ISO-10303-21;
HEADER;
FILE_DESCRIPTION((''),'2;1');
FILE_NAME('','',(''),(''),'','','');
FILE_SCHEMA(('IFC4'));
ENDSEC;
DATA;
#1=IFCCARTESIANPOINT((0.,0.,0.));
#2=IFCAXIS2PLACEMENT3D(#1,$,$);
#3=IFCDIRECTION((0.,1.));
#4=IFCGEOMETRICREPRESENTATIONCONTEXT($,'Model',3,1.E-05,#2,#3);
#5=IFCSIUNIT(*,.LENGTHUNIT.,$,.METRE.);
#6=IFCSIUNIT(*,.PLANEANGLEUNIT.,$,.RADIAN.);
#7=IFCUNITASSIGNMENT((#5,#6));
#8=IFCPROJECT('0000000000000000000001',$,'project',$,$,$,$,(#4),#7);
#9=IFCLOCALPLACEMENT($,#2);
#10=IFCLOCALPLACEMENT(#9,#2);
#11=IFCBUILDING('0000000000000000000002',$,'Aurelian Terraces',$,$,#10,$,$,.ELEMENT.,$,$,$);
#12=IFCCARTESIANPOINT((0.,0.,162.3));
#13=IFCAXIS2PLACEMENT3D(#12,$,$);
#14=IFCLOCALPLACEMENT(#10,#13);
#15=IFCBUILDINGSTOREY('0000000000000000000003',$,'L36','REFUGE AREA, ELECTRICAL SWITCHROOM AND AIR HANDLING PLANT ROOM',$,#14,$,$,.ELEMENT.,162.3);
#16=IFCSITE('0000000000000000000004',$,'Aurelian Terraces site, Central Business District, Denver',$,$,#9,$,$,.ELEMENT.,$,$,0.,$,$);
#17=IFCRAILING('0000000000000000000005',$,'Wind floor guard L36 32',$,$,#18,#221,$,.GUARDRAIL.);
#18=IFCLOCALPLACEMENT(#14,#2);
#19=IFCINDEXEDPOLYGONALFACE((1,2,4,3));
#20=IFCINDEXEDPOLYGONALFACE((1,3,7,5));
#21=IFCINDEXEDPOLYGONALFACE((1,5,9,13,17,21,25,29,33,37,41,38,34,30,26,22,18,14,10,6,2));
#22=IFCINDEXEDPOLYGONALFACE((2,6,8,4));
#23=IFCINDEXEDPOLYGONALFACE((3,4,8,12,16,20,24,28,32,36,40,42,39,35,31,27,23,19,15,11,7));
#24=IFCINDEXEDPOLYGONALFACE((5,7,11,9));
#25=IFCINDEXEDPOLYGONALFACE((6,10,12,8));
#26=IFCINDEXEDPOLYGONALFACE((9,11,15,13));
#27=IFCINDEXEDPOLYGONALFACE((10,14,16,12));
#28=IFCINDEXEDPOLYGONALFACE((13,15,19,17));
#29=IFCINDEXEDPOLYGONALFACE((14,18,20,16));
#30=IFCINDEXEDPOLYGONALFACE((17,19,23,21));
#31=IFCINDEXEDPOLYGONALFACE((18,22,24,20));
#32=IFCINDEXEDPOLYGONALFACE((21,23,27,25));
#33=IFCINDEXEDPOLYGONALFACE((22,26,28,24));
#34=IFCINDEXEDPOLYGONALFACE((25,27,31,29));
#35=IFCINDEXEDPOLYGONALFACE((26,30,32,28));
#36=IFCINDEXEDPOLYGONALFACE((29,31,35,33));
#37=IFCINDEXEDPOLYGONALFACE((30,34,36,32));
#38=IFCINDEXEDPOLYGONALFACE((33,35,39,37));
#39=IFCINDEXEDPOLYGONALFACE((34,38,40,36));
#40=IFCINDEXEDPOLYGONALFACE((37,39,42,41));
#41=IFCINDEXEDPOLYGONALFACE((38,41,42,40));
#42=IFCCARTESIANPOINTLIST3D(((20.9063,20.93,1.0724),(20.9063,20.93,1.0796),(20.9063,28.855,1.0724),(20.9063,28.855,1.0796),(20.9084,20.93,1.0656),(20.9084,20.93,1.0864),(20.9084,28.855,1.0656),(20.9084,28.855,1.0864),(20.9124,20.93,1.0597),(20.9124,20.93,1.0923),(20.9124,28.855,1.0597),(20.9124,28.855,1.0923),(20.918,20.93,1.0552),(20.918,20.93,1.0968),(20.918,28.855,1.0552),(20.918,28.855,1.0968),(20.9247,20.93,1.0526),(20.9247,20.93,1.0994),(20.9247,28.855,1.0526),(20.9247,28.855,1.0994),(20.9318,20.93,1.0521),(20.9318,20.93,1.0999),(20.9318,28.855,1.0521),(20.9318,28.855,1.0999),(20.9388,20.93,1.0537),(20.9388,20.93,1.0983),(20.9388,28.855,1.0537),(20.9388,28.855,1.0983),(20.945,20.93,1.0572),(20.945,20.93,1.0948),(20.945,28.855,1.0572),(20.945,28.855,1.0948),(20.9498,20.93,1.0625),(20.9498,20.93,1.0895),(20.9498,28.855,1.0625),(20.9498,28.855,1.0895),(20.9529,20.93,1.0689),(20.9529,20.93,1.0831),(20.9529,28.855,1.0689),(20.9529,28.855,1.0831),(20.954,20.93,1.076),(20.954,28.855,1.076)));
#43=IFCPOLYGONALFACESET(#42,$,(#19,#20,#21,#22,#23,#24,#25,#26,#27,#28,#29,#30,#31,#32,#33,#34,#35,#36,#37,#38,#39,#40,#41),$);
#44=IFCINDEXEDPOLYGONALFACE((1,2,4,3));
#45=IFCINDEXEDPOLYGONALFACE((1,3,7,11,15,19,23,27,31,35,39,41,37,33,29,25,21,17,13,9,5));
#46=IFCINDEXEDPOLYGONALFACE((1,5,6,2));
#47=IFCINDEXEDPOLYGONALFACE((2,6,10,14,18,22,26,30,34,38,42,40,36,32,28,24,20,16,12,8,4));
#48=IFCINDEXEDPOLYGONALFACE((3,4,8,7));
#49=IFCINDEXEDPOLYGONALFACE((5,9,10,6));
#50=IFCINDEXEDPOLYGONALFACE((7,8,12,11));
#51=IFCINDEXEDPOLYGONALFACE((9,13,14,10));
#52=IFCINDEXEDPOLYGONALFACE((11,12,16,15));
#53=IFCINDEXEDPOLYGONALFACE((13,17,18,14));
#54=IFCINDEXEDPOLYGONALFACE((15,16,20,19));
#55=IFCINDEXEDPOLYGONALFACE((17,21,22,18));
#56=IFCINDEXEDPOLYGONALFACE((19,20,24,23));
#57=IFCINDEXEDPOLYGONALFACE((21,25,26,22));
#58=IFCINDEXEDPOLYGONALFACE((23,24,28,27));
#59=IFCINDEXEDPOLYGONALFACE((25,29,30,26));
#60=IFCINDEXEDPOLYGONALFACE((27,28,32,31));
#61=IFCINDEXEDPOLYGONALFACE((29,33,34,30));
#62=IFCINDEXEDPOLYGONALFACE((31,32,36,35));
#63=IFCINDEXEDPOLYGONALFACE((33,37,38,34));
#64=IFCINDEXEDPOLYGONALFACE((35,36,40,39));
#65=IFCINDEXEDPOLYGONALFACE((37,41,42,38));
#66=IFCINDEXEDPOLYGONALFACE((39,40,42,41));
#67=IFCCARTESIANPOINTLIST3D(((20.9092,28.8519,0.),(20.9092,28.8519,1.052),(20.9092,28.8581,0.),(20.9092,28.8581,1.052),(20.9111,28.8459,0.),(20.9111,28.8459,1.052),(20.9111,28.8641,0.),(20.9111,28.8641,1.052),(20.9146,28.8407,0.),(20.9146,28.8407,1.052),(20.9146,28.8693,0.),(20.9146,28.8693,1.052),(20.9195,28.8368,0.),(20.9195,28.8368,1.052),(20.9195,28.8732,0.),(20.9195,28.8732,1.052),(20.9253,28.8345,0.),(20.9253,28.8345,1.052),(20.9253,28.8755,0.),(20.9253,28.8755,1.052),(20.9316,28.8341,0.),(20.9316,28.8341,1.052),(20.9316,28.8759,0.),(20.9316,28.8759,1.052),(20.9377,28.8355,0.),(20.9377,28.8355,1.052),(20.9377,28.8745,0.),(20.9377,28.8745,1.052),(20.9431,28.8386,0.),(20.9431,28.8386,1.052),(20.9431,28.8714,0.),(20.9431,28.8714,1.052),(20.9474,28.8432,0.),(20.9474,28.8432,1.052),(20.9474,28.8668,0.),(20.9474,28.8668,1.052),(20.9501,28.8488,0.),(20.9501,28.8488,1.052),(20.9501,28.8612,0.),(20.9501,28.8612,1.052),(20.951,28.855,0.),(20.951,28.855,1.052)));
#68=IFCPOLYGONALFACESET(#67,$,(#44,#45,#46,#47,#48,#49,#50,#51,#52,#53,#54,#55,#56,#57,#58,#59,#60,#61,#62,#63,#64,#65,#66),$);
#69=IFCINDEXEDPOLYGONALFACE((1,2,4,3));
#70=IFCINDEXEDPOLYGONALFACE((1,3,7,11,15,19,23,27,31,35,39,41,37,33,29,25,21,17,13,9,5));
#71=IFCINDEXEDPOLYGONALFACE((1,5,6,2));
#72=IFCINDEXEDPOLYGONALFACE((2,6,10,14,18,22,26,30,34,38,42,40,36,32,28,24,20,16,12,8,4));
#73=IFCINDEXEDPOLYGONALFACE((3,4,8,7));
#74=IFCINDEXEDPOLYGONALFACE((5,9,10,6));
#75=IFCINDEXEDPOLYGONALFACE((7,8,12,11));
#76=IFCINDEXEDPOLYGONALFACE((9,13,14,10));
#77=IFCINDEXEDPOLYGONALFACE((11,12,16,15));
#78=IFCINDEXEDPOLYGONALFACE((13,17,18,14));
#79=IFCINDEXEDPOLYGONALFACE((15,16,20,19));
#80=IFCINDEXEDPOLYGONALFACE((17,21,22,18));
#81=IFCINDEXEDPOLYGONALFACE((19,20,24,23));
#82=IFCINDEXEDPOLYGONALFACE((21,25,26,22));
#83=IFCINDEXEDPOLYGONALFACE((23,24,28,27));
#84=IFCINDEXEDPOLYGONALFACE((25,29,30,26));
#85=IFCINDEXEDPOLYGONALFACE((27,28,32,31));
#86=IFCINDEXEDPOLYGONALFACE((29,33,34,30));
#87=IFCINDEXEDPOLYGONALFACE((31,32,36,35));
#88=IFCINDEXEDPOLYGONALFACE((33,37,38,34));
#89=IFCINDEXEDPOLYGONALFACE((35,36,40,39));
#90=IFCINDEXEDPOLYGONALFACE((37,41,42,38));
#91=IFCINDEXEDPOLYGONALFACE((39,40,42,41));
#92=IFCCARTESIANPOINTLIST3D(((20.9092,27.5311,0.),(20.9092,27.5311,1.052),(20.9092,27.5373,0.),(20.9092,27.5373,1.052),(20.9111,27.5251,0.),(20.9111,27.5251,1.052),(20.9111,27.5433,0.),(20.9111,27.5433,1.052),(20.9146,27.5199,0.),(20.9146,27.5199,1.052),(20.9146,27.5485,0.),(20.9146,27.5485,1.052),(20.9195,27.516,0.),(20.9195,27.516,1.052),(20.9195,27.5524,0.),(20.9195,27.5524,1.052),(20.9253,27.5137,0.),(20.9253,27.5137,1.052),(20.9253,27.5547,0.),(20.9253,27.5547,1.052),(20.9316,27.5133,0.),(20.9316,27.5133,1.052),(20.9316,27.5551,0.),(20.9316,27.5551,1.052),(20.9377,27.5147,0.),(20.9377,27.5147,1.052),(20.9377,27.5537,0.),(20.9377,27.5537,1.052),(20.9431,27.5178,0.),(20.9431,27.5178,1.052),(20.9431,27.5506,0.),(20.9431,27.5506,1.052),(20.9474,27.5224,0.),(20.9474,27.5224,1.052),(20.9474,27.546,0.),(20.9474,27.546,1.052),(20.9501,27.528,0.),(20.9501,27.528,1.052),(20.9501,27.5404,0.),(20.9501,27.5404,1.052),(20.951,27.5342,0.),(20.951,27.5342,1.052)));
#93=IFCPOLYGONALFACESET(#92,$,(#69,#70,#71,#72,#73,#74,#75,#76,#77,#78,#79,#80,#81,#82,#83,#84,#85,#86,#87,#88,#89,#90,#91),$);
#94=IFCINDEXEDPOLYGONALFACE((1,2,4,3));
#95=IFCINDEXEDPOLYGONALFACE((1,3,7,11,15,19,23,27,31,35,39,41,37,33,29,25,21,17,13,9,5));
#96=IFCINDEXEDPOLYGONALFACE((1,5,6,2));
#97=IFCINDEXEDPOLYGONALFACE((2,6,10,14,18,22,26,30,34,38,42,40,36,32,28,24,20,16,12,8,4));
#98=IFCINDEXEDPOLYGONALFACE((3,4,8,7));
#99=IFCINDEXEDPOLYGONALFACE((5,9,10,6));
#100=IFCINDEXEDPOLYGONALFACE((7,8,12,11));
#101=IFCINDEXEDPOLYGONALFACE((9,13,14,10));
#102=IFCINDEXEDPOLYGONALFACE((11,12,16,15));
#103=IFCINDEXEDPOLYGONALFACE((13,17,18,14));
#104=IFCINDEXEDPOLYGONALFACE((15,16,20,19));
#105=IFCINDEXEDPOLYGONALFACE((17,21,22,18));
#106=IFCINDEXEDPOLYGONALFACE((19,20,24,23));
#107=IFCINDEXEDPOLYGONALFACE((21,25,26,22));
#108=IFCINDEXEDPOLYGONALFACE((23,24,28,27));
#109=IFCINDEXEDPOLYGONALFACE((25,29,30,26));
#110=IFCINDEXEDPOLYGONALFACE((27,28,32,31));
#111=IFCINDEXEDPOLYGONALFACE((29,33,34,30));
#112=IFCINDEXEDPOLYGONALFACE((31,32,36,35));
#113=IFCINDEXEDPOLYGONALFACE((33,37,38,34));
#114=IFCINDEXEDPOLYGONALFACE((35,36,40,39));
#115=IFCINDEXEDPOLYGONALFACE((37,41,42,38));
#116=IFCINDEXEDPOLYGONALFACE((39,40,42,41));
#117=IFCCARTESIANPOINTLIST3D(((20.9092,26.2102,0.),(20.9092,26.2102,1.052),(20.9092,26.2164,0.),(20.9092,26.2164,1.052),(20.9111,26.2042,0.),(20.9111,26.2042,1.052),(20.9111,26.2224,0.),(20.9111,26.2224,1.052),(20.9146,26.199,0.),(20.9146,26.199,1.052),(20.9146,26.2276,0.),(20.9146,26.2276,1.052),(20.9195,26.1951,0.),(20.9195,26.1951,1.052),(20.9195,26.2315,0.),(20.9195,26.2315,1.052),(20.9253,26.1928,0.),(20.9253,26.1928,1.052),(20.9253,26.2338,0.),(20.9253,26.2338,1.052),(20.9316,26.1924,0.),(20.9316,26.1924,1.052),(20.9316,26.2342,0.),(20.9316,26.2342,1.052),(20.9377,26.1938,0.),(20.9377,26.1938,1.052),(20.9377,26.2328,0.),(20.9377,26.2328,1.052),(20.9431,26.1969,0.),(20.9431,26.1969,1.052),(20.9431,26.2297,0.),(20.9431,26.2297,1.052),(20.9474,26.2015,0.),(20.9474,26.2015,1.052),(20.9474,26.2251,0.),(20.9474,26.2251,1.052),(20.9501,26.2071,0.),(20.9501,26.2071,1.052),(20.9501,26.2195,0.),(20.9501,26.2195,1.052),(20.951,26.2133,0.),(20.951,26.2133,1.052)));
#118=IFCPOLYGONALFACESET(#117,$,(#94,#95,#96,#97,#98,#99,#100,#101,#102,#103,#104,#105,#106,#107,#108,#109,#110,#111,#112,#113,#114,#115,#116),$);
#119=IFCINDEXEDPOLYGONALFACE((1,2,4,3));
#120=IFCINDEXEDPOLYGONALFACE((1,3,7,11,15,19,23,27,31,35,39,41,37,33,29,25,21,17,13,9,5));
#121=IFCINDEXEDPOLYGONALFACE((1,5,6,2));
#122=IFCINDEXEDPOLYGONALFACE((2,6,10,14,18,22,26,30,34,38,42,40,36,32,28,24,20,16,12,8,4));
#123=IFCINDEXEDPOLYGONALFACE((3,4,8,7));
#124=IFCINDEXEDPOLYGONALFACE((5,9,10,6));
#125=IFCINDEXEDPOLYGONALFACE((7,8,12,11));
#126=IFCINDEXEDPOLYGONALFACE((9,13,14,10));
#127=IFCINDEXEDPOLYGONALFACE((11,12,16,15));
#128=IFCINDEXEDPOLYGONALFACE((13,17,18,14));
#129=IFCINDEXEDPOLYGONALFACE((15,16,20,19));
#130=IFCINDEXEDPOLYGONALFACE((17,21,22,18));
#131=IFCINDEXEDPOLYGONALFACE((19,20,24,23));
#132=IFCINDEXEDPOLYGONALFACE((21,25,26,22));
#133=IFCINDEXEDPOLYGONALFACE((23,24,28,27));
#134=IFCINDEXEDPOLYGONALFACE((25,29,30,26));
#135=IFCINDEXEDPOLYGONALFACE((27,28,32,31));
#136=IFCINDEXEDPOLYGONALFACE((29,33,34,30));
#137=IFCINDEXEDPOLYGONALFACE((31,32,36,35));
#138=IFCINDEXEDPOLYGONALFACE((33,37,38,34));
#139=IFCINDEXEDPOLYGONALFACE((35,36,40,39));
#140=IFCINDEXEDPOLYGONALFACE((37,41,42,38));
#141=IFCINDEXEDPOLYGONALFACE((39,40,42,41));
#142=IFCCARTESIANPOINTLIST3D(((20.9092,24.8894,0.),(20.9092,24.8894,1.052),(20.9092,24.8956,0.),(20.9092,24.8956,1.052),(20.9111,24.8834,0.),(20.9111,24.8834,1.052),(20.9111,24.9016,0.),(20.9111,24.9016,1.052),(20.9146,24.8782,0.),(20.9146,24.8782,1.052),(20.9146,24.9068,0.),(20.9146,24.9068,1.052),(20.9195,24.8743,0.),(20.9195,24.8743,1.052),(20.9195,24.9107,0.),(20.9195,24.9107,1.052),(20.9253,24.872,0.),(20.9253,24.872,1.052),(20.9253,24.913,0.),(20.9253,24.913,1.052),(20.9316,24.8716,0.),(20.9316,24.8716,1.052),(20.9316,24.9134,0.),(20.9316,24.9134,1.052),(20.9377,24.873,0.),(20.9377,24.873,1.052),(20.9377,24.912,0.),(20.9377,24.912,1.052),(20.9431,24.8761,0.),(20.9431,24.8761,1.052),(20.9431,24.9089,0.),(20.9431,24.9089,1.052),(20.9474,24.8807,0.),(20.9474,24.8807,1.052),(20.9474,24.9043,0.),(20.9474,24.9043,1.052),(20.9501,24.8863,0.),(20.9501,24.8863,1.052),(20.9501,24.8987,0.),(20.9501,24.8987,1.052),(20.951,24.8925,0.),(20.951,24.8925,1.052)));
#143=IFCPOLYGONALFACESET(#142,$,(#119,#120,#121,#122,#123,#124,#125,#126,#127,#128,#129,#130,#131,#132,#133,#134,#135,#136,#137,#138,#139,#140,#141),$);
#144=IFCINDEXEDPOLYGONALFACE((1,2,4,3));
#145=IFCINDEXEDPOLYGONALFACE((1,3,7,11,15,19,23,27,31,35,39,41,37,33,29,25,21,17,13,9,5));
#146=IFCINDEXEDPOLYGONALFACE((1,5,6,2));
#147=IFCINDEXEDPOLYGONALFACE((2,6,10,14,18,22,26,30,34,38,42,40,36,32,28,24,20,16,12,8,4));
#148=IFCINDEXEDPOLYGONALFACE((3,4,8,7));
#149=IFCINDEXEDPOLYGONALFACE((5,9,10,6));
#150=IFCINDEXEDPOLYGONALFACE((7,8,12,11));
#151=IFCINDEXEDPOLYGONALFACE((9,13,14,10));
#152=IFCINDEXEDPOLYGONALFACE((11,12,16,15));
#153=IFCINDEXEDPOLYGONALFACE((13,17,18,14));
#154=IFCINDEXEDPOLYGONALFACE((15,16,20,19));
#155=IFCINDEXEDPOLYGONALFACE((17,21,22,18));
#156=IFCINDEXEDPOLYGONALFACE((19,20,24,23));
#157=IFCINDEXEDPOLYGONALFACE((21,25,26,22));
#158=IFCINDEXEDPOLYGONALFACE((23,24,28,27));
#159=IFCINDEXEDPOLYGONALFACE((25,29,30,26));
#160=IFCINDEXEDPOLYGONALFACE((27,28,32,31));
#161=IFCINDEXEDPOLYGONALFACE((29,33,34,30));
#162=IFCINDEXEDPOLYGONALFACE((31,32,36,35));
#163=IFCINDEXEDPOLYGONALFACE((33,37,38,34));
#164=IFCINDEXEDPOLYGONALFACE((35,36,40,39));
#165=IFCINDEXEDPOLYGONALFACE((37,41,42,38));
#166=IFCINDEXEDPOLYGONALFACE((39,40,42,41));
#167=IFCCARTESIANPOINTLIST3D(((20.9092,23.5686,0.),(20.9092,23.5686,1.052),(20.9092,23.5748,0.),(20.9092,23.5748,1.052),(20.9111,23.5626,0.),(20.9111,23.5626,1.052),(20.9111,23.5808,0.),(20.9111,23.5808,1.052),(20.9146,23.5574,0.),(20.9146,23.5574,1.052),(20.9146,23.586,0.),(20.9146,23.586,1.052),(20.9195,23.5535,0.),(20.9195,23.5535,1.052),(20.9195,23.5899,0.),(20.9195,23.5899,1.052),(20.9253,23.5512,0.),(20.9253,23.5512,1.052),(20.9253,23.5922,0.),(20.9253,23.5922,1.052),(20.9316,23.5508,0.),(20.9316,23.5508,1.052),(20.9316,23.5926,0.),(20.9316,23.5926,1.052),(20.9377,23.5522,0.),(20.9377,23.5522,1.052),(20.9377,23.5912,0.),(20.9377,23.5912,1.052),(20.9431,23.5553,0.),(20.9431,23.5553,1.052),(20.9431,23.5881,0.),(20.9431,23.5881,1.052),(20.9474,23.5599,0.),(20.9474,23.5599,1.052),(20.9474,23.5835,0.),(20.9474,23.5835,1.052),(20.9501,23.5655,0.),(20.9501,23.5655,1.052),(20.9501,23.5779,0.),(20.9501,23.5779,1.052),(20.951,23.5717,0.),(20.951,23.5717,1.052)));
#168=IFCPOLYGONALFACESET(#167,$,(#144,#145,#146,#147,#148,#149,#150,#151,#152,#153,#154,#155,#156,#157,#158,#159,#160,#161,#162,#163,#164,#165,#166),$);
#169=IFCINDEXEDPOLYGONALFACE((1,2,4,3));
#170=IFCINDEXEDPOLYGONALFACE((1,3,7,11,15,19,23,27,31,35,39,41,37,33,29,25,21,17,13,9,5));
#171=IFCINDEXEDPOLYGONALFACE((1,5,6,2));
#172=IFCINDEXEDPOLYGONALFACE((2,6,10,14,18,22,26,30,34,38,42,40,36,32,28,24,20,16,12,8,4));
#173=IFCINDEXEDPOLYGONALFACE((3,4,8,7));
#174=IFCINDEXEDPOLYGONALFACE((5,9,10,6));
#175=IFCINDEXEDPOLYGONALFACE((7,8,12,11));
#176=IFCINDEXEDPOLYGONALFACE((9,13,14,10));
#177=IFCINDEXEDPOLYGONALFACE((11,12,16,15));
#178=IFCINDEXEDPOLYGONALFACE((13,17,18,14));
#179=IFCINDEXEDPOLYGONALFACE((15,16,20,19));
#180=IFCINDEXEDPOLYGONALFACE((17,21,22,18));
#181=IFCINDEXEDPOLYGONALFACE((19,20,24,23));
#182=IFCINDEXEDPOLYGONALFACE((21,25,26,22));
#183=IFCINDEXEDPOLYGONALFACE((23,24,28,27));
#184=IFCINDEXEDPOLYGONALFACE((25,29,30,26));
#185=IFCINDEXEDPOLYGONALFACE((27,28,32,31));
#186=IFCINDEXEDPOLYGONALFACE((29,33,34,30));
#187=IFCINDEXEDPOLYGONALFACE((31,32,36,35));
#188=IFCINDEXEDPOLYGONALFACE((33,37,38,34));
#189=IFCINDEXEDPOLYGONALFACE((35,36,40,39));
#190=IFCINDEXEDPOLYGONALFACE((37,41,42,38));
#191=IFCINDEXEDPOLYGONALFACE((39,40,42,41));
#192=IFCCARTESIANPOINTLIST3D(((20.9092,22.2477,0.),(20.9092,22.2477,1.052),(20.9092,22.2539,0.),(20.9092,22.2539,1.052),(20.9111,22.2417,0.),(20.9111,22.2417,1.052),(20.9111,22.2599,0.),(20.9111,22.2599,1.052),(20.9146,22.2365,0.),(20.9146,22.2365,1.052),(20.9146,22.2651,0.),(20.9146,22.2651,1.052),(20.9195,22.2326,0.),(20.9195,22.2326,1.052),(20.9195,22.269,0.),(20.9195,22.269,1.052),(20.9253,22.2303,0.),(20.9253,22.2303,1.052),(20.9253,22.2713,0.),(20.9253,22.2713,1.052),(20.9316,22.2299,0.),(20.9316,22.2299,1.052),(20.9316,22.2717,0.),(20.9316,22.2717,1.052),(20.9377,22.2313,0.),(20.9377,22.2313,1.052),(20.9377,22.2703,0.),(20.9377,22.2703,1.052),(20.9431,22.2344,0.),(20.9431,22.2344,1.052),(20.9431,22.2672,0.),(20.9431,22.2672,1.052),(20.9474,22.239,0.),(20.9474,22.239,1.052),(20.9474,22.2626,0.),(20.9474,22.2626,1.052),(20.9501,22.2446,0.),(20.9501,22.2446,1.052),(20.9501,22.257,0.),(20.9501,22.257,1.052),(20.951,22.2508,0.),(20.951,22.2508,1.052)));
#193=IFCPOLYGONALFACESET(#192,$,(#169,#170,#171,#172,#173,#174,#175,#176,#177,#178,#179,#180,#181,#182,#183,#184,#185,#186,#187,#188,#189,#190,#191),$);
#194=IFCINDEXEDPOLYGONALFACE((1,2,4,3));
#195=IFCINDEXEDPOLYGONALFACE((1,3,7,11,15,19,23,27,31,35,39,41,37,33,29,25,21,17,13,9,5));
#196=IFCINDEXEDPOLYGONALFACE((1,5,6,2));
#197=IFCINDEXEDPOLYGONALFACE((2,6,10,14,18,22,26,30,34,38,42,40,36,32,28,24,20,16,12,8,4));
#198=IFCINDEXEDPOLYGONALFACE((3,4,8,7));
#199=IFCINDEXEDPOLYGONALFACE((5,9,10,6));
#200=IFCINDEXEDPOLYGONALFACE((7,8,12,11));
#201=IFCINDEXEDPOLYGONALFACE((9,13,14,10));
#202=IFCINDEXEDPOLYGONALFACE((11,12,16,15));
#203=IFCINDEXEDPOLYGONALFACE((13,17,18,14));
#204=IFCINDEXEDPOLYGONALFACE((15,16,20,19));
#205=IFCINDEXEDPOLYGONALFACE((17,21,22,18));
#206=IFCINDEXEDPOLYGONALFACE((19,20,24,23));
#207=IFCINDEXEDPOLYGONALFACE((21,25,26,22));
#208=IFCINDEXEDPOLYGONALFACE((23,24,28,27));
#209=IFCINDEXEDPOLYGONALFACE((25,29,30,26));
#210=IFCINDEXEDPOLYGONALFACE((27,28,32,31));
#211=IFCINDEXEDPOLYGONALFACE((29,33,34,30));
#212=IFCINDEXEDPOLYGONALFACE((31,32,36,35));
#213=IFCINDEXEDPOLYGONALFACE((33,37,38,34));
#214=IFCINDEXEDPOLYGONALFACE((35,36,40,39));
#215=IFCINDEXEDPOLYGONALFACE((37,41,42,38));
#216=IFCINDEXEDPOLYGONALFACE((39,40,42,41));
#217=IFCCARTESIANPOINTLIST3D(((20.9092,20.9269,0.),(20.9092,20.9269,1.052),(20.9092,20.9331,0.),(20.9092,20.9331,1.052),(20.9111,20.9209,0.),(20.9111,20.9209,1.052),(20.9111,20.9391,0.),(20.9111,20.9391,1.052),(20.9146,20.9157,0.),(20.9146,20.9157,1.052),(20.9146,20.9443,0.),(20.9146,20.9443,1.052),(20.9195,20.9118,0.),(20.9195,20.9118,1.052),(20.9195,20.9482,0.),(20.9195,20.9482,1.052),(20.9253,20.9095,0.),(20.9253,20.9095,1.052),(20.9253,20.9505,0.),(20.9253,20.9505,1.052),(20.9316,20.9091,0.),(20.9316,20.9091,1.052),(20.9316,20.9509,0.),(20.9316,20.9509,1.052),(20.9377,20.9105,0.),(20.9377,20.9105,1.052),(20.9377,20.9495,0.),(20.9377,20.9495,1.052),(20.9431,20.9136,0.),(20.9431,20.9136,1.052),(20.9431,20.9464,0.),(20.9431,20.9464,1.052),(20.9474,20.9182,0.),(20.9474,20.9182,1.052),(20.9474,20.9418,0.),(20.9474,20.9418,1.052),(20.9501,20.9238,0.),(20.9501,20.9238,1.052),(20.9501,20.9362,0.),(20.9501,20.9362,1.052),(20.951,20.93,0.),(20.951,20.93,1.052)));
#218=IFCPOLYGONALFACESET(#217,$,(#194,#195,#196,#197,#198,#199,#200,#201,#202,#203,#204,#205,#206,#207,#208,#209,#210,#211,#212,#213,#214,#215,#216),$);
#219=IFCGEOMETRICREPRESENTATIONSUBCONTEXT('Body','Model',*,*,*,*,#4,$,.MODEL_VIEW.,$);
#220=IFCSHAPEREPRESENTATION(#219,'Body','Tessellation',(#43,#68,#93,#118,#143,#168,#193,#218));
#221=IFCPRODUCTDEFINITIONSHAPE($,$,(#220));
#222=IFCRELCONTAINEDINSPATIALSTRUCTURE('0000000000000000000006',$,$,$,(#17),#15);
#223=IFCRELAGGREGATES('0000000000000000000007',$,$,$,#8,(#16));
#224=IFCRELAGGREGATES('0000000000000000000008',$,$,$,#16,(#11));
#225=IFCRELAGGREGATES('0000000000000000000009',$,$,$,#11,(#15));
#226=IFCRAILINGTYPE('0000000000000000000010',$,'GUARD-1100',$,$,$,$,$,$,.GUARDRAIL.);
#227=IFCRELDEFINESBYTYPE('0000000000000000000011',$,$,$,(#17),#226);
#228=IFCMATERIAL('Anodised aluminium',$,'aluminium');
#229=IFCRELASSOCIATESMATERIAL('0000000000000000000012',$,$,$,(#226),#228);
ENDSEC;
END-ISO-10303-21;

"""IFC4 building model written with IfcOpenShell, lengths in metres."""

from ifc_helpers import new_model, si_unit, direction, frame, origin, origin_2d, place, context, subcontext, project, spatial, circle, extrude, material, type_object, element, save


model = new_model("IFC4")

# Units and contexts
model_context = context("Model", 3, precision=1e-05, world=origin(), true_north=direction((0.0, 1.0)))
body_context = subcontext(model_context, "Body", "Model", "MODEL_VIEW")
ifc_project = project(units=[si_unit("LENGTHUNIT", "METRE"), si_unit("PLANEANGLEUNIT", "RADIAN")], contexts=[model_context])

# Site, building, storey
site_placement = place(None, origin())
site = spatial("IfcSite", under=ifc_project, at=site_placement, Name="Aurelian Terraces site, Central Business District, Denver", CompositionType="ELEMENT", RefElevation=0.0)
building_placement = place(site_placement, origin())
building = spatial("IfcBuilding", under=site, at=building_placement, Name="Aurelian Terraces", CompositionType="ELEMENT")
storey_placement = place(building_placement, frame((0.0, 0.0, 162.3)))
storey = spatial("IfcBuildingStorey", under=building, at=storey_placement, Name="L36", Description="REFUGE AREA, ELECTRICAL SWITCHROOM AND AIR HANDLING PLANT ROOM", CompositionType="ELEMENT", Elevation=162.3)

# Railing
ifc_material_1 = material(Name="Anodised aluminium", Category="aluminium")
railing_type = type_object("IfcRailingType", Name="GUARD-1100", PredefinedType="GUARDRAIL", material=ifc_material_1)
railing_1_placement = place(storey_placement, frame((20.93, 28.855, 0.0)))
element("IfcRailing", 1, at=railing_1_placement, inside=storey, type_object=railing_type, Name="Wind floor guard L36 32", PredefinedType="GUARDRAIL", context=body_context, shape_type="SweptSolid", body=[
    extrude(circle(Radius=0.024, at=origin_2d()), frame((0.0, 0.0, 1.076), z_axis=(0.0, -1.0, 0.0), x_axis=(1.0, 0.0, 0.0)), (0.0, 0.0, 1.0), 7.925),
    extrude(circle(Radius=0.021, at=origin_2d()), origin(), (0.0, 0.0, 1.0), 1.052),
    extrude(circle(Radius=0.021, at=origin_2d()), frame((0.0, -1.3208, 0.0)), (0.0, 0.0, 1.0), 1.052),
    extrude(circle(Radius=0.021, at=origin_2d()), frame((0.0, -2.6417, 0.0)), (0.0, 0.0, 1.0), 1.052),
    extrude(circle(Radius=0.021, at=origin_2d()), frame((0.0, -3.9625, 0.0)), (0.0, 0.0, 1.0), 1.052),
    extrude(circle(Radius=0.021, at=origin_2d()), frame((0.0, -5.2833, 0.0)), (0.0, 0.0, 1.0), 1.052),
    extrude(circle(Radius=0.021, at=origin_2d()), frame((0.0, -6.6042, 0.0)), (0.0, 0.0, 1.0), 1.052),
    extrude(circle(Radius=0.021, at=origin_2d()), frame((0.0, -7.925, 0.0)), (0.0, 0.0, 1.0), 1.052),
])

save(model, "model.ifc")
